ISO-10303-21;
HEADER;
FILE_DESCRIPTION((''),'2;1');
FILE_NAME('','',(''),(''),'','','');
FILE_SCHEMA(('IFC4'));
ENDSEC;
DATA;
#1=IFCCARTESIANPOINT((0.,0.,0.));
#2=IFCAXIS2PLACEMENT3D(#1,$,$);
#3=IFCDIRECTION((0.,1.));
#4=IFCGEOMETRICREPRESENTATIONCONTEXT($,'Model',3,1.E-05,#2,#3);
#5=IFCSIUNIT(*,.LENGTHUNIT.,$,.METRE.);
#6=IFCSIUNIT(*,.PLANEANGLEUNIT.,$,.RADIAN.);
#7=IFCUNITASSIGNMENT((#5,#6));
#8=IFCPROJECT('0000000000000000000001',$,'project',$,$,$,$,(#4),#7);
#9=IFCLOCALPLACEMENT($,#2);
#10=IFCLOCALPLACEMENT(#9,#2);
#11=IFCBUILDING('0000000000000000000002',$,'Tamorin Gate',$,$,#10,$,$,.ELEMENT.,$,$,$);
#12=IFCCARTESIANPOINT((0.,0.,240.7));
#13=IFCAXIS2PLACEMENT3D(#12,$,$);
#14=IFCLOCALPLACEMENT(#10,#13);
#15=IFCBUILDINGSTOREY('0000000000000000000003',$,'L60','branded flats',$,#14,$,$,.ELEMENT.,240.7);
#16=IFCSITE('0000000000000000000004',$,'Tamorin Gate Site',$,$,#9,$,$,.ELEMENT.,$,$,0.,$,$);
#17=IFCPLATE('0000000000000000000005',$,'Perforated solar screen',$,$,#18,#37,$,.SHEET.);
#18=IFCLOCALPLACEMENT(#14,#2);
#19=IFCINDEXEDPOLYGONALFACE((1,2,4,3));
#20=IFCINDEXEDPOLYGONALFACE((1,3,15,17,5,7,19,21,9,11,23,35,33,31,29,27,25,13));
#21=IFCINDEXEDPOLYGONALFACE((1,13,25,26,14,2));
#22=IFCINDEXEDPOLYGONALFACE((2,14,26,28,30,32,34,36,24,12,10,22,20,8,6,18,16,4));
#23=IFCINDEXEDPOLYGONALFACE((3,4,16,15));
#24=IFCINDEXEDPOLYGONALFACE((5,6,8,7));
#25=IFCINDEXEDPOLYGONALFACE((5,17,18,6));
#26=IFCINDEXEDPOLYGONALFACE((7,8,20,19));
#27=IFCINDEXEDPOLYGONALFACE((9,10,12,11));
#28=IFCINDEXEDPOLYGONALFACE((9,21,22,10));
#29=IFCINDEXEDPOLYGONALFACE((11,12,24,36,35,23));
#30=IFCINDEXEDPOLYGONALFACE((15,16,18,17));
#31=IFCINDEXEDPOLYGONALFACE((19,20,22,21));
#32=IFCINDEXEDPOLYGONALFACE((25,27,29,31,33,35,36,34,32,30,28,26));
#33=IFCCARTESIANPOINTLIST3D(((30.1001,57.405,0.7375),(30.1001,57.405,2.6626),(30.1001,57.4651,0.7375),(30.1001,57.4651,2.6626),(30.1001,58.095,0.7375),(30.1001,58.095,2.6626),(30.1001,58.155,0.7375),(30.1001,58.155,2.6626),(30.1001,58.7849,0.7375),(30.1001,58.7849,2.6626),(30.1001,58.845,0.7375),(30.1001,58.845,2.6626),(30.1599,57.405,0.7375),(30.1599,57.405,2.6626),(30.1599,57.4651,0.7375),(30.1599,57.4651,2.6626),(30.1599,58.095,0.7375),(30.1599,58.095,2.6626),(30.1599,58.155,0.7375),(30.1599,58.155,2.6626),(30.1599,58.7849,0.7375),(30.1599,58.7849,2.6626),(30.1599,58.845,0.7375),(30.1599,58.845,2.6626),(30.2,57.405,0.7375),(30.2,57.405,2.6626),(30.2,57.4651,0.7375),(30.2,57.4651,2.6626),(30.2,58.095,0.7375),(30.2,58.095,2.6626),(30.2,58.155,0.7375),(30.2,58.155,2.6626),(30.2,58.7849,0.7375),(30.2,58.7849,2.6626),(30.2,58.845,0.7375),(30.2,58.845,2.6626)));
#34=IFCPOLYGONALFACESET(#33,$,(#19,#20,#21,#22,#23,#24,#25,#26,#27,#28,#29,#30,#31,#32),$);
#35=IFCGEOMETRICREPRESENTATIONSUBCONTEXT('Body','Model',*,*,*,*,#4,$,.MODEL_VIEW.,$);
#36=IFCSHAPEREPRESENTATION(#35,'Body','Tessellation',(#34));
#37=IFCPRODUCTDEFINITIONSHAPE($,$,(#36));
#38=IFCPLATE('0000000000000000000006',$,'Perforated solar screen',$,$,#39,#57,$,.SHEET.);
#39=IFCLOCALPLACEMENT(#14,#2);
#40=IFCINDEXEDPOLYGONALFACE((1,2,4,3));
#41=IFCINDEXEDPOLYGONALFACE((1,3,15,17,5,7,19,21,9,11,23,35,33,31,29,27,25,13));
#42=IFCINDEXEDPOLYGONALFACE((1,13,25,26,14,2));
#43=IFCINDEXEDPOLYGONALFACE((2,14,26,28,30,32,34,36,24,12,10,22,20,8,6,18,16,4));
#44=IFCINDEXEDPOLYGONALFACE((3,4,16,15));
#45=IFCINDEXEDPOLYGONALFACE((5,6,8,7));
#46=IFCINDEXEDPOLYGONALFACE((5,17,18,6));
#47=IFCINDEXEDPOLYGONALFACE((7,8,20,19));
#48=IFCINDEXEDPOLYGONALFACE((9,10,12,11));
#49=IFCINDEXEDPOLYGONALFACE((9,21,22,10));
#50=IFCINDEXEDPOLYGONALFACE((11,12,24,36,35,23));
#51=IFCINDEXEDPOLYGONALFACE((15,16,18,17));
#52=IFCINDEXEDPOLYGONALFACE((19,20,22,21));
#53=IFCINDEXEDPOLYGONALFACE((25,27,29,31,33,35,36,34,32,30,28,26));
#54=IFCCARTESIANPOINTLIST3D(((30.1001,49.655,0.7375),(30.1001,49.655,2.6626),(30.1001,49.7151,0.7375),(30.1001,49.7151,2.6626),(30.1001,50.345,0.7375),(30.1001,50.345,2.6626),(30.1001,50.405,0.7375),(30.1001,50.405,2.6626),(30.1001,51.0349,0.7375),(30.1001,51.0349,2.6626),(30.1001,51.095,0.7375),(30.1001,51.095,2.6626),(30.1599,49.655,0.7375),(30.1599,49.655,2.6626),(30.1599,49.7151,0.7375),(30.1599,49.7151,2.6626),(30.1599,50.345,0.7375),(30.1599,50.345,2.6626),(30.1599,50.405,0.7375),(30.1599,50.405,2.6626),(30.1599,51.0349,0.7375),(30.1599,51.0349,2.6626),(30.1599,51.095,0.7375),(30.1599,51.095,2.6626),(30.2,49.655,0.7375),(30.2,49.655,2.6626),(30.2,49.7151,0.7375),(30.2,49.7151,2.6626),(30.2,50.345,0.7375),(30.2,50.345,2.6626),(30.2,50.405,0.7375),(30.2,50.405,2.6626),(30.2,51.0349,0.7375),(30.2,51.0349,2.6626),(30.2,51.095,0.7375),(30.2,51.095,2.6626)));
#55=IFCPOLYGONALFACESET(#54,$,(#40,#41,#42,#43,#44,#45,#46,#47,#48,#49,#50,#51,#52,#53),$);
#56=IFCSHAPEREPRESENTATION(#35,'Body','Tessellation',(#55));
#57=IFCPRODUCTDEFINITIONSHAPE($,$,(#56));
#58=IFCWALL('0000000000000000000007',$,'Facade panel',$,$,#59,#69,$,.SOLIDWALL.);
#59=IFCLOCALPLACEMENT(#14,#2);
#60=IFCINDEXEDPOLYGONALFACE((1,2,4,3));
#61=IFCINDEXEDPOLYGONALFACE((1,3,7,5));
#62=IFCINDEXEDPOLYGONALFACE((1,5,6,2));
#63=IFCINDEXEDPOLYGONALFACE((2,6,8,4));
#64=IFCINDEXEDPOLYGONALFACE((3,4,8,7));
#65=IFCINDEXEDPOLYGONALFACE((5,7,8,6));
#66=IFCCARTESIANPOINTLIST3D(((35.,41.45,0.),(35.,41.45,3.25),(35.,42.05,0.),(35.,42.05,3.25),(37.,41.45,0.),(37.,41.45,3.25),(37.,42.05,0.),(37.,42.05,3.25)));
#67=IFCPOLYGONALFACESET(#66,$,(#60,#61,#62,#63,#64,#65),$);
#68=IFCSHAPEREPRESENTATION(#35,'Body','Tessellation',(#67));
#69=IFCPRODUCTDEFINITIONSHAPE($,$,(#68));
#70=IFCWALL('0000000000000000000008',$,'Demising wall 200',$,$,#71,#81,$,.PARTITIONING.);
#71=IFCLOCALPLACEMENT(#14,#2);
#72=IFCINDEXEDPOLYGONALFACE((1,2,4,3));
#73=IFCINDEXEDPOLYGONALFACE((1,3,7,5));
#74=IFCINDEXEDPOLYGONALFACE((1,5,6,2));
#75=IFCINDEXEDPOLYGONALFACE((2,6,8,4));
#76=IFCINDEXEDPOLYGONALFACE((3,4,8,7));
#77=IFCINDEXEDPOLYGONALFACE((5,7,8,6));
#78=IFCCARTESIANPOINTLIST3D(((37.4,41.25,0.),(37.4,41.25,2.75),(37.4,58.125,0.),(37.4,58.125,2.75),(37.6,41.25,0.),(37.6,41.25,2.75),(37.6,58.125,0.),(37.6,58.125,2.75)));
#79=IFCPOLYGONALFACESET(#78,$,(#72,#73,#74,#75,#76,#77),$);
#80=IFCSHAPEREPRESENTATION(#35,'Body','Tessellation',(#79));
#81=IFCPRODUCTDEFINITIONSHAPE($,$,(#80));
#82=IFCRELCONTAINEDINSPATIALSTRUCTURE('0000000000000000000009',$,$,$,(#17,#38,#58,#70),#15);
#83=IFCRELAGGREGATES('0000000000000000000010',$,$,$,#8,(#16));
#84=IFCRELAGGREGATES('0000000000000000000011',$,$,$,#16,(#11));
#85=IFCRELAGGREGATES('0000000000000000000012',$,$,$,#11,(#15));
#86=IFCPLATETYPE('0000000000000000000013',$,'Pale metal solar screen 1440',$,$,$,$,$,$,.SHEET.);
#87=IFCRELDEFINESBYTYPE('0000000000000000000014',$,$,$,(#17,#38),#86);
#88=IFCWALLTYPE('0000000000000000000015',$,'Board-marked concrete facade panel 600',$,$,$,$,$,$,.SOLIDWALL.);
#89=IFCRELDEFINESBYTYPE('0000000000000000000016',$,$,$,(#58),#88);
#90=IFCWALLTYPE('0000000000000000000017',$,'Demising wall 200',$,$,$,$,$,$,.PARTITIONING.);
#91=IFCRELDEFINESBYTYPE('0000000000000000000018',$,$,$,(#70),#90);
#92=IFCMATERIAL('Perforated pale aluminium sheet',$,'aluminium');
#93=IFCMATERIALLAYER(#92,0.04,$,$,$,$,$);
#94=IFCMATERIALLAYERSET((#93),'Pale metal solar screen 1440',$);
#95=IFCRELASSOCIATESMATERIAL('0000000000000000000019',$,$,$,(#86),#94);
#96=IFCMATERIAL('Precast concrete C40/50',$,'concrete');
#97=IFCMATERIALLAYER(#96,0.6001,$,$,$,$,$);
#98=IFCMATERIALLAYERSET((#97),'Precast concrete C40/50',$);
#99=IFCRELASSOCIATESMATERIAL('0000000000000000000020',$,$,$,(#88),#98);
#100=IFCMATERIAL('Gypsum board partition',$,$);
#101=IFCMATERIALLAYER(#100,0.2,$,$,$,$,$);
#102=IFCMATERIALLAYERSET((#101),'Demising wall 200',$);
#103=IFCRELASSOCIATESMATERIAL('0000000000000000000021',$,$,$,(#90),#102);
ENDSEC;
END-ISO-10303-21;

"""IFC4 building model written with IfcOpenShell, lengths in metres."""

from ifc_helpers import new_model, si_unit, direction, frame, frame_2d, origin, place, context, subcontext, project, spatial, polyline, rectangle, outline, extrude, material, layer, layer_set, type_object, element, save


model = new_model("IFC4")

# Units and contexts
model_context = context("Model", 3, precision=1e-05, world=origin(), true_north=direction((0.0, 1.0)))
body_context = subcontext(model_context, "Body", "Model", "MODEL_VIEW")
ifc_project = project(units=[si_unit("LENGTHUNIT", "METRE"), si_unit("PLANEANGLEUNIT", "RADIAN")], contexts=[model_context])

# Site, building, storey
site_placement = place(None, origin())
site = spatial("IfcSite", under=ifc_project, at=site_placement, Name="Tamorin Gate Site", CompositionType="ELEMENT", RefElevation=0.0)
building_placement = place(site_placement, origin())
building = spatial("IfcBuilding", under=site, at=building_placement, Name="Tamorin Gate", CompositionType="ELEMENT")
storey_placement = place(building_placement, frame((0.0, 0.0, 240.7)))
storey = spatial("IfcBuildingStorey", under=building, at=storey_placement, Name="L60", Description="branded flats", CompositionType="ELEMENT", Elevation=240.7)

# Plates
ifc_material_1 = material(Name="Perforated pale aluminium sheet", Category="aluminium")
ifc_layer_1 = layer(ifc_material_1, 0.04)
ifc_layer_set_1 = layer_set([ifc_layer_1], Name="Pale metal solar screen 1440")
plate_type = type_object("IfcPlateType", Name="Pale metal solar screen 1440", PredefinedType="SHEET", material=ifc_layer_set_1)
plate_1_placement = place(storey_placement, frame((0.0, 0.0, 0.7375)))
element("IfcPlate", 1, at=plate_1_placement, inside=storey, type_object=plate_type, Name="Perforated solar screen", PredefinedType="SHEET", context=body_context, shape_type="SweptSolid", body=[
    extrude(outline(polyline([(30.1599, 58.845), (30.2, 58.845), (30.2, 58.7849), (30.2, 58.155), (30.2, 58.095), (30.2, 57.4651), (30.2, 57.405), (30.1599, 57.405), (30.1001, 57.405), (30.1001, 57.4651), (30.1599, 57.4651), (30.1599, 58.095), (30.1001, 58.095), (30.1001, 58.155), (30.1599, 58.155), (30.1599, 58.7849), (30.1001, 58.7849), (30.1001, 58.845), (30.1599, 58.845)])), origin(), (0.0, 0.0, 1.0), 1.925),
])
plate_2_placement = place(storey_placement, frame((0.0, 0.0, 0.7375)))
element("IfcPlate", 2, at=plate_2_placement, inside=storey, type_object=plate_type, Name="Perforated solar screen", PredefinedType="SHEET", context=body_context, shape_type="SweptSolid", body=[
    extrude(outline(polyline([(30.1599, 51.095), (30.2, 51.095), (30.2, 51.0349), (30.2, 50.405), (30.2, 50.345), (30.2, 49.7151), (30.2, 49.655), (30.1599, 49.655), (30.1001, 49.655), (30.1001, 49.7151), (30.1599, 49.7151), (30.1599, 50.345), (30.1001, 50.345), (30.1001, 50.405), (30.1599, 50.405), (30.1599, 51.0349), (30.1001, 51.0349), (30.1001, 51.095), (30.1599, 51.095)])), origin(), (0.0, 0.0, 1.0), 1.925),
])

# Walls
ifc_material_2 = material(Name="Precast concrete C40/50", Category="concrete")
ifc_layer_2 = layer(ifc_material_2, 0.6001)
ifc_layer_set_2 = layer_set([ifc_layer_2], Name="Precast concrete C40/50")
wall_type_1 = type_object("IfcWallType", Name="Board-marked concrete facade panel 600", PredefinedType="SOLIDWALL", material=ifc_layer_set_2)
wall_1_placement = place(storey_placement, frame((35.0, 41.75, 0.0), z_axis=(0.0, 0.0, 1.0), x_axis=(1.0, 0.0, 0.0)))
element("IfcWall", 3, at=wall_1_placement, inside=storey, type_object=wall_type_1, Name="Facade panel", PredefinedType="SOLIDWALL", context=body_context, shape_type="SweptSolid", body=[
    extrude(rectangle(XDim=2.0, YDim=0.6001, at=frame_2d((1.0, 0.0))), origin(), (0.0, 0.0, 1.0), 3.25),
])
ifc_material_3 = material(Name="Gypsum board partition")
ifc_layer_3 = layer(ifc_material_3, 0.2)
ifc_layer_set_3 = layer_set([ifc_layer_3], Name="Demising wall 200")
wall_type_2 = type_object("IfcWallType", Name="Demising wall 200", PredefinedType="PARTITIONING", material=ifc_layer_set_3)
wall_2_placement = place(storey_placement, frame((37.5, 41.25, 0.0), z_axis=(0.0, 0.0, 1.0), x_axis=(0.0, 1.0, 0.0)))
element("IfcWall", 4, at=wall_2_placement, inside=storey, type_object=wall_type_2, Name="Demising wall 200", PredefinedType="PARTITIONING", context=body_context, shape_type="SweptSolid", body=[
    extrude(rectangle(XDim=16.875, YDim=0.2, at=frame_2d((8.4375, 0.0))), origin(), (0.0, 0.0, 1.0), 2.75),
])

save(model, "model.ifc")
